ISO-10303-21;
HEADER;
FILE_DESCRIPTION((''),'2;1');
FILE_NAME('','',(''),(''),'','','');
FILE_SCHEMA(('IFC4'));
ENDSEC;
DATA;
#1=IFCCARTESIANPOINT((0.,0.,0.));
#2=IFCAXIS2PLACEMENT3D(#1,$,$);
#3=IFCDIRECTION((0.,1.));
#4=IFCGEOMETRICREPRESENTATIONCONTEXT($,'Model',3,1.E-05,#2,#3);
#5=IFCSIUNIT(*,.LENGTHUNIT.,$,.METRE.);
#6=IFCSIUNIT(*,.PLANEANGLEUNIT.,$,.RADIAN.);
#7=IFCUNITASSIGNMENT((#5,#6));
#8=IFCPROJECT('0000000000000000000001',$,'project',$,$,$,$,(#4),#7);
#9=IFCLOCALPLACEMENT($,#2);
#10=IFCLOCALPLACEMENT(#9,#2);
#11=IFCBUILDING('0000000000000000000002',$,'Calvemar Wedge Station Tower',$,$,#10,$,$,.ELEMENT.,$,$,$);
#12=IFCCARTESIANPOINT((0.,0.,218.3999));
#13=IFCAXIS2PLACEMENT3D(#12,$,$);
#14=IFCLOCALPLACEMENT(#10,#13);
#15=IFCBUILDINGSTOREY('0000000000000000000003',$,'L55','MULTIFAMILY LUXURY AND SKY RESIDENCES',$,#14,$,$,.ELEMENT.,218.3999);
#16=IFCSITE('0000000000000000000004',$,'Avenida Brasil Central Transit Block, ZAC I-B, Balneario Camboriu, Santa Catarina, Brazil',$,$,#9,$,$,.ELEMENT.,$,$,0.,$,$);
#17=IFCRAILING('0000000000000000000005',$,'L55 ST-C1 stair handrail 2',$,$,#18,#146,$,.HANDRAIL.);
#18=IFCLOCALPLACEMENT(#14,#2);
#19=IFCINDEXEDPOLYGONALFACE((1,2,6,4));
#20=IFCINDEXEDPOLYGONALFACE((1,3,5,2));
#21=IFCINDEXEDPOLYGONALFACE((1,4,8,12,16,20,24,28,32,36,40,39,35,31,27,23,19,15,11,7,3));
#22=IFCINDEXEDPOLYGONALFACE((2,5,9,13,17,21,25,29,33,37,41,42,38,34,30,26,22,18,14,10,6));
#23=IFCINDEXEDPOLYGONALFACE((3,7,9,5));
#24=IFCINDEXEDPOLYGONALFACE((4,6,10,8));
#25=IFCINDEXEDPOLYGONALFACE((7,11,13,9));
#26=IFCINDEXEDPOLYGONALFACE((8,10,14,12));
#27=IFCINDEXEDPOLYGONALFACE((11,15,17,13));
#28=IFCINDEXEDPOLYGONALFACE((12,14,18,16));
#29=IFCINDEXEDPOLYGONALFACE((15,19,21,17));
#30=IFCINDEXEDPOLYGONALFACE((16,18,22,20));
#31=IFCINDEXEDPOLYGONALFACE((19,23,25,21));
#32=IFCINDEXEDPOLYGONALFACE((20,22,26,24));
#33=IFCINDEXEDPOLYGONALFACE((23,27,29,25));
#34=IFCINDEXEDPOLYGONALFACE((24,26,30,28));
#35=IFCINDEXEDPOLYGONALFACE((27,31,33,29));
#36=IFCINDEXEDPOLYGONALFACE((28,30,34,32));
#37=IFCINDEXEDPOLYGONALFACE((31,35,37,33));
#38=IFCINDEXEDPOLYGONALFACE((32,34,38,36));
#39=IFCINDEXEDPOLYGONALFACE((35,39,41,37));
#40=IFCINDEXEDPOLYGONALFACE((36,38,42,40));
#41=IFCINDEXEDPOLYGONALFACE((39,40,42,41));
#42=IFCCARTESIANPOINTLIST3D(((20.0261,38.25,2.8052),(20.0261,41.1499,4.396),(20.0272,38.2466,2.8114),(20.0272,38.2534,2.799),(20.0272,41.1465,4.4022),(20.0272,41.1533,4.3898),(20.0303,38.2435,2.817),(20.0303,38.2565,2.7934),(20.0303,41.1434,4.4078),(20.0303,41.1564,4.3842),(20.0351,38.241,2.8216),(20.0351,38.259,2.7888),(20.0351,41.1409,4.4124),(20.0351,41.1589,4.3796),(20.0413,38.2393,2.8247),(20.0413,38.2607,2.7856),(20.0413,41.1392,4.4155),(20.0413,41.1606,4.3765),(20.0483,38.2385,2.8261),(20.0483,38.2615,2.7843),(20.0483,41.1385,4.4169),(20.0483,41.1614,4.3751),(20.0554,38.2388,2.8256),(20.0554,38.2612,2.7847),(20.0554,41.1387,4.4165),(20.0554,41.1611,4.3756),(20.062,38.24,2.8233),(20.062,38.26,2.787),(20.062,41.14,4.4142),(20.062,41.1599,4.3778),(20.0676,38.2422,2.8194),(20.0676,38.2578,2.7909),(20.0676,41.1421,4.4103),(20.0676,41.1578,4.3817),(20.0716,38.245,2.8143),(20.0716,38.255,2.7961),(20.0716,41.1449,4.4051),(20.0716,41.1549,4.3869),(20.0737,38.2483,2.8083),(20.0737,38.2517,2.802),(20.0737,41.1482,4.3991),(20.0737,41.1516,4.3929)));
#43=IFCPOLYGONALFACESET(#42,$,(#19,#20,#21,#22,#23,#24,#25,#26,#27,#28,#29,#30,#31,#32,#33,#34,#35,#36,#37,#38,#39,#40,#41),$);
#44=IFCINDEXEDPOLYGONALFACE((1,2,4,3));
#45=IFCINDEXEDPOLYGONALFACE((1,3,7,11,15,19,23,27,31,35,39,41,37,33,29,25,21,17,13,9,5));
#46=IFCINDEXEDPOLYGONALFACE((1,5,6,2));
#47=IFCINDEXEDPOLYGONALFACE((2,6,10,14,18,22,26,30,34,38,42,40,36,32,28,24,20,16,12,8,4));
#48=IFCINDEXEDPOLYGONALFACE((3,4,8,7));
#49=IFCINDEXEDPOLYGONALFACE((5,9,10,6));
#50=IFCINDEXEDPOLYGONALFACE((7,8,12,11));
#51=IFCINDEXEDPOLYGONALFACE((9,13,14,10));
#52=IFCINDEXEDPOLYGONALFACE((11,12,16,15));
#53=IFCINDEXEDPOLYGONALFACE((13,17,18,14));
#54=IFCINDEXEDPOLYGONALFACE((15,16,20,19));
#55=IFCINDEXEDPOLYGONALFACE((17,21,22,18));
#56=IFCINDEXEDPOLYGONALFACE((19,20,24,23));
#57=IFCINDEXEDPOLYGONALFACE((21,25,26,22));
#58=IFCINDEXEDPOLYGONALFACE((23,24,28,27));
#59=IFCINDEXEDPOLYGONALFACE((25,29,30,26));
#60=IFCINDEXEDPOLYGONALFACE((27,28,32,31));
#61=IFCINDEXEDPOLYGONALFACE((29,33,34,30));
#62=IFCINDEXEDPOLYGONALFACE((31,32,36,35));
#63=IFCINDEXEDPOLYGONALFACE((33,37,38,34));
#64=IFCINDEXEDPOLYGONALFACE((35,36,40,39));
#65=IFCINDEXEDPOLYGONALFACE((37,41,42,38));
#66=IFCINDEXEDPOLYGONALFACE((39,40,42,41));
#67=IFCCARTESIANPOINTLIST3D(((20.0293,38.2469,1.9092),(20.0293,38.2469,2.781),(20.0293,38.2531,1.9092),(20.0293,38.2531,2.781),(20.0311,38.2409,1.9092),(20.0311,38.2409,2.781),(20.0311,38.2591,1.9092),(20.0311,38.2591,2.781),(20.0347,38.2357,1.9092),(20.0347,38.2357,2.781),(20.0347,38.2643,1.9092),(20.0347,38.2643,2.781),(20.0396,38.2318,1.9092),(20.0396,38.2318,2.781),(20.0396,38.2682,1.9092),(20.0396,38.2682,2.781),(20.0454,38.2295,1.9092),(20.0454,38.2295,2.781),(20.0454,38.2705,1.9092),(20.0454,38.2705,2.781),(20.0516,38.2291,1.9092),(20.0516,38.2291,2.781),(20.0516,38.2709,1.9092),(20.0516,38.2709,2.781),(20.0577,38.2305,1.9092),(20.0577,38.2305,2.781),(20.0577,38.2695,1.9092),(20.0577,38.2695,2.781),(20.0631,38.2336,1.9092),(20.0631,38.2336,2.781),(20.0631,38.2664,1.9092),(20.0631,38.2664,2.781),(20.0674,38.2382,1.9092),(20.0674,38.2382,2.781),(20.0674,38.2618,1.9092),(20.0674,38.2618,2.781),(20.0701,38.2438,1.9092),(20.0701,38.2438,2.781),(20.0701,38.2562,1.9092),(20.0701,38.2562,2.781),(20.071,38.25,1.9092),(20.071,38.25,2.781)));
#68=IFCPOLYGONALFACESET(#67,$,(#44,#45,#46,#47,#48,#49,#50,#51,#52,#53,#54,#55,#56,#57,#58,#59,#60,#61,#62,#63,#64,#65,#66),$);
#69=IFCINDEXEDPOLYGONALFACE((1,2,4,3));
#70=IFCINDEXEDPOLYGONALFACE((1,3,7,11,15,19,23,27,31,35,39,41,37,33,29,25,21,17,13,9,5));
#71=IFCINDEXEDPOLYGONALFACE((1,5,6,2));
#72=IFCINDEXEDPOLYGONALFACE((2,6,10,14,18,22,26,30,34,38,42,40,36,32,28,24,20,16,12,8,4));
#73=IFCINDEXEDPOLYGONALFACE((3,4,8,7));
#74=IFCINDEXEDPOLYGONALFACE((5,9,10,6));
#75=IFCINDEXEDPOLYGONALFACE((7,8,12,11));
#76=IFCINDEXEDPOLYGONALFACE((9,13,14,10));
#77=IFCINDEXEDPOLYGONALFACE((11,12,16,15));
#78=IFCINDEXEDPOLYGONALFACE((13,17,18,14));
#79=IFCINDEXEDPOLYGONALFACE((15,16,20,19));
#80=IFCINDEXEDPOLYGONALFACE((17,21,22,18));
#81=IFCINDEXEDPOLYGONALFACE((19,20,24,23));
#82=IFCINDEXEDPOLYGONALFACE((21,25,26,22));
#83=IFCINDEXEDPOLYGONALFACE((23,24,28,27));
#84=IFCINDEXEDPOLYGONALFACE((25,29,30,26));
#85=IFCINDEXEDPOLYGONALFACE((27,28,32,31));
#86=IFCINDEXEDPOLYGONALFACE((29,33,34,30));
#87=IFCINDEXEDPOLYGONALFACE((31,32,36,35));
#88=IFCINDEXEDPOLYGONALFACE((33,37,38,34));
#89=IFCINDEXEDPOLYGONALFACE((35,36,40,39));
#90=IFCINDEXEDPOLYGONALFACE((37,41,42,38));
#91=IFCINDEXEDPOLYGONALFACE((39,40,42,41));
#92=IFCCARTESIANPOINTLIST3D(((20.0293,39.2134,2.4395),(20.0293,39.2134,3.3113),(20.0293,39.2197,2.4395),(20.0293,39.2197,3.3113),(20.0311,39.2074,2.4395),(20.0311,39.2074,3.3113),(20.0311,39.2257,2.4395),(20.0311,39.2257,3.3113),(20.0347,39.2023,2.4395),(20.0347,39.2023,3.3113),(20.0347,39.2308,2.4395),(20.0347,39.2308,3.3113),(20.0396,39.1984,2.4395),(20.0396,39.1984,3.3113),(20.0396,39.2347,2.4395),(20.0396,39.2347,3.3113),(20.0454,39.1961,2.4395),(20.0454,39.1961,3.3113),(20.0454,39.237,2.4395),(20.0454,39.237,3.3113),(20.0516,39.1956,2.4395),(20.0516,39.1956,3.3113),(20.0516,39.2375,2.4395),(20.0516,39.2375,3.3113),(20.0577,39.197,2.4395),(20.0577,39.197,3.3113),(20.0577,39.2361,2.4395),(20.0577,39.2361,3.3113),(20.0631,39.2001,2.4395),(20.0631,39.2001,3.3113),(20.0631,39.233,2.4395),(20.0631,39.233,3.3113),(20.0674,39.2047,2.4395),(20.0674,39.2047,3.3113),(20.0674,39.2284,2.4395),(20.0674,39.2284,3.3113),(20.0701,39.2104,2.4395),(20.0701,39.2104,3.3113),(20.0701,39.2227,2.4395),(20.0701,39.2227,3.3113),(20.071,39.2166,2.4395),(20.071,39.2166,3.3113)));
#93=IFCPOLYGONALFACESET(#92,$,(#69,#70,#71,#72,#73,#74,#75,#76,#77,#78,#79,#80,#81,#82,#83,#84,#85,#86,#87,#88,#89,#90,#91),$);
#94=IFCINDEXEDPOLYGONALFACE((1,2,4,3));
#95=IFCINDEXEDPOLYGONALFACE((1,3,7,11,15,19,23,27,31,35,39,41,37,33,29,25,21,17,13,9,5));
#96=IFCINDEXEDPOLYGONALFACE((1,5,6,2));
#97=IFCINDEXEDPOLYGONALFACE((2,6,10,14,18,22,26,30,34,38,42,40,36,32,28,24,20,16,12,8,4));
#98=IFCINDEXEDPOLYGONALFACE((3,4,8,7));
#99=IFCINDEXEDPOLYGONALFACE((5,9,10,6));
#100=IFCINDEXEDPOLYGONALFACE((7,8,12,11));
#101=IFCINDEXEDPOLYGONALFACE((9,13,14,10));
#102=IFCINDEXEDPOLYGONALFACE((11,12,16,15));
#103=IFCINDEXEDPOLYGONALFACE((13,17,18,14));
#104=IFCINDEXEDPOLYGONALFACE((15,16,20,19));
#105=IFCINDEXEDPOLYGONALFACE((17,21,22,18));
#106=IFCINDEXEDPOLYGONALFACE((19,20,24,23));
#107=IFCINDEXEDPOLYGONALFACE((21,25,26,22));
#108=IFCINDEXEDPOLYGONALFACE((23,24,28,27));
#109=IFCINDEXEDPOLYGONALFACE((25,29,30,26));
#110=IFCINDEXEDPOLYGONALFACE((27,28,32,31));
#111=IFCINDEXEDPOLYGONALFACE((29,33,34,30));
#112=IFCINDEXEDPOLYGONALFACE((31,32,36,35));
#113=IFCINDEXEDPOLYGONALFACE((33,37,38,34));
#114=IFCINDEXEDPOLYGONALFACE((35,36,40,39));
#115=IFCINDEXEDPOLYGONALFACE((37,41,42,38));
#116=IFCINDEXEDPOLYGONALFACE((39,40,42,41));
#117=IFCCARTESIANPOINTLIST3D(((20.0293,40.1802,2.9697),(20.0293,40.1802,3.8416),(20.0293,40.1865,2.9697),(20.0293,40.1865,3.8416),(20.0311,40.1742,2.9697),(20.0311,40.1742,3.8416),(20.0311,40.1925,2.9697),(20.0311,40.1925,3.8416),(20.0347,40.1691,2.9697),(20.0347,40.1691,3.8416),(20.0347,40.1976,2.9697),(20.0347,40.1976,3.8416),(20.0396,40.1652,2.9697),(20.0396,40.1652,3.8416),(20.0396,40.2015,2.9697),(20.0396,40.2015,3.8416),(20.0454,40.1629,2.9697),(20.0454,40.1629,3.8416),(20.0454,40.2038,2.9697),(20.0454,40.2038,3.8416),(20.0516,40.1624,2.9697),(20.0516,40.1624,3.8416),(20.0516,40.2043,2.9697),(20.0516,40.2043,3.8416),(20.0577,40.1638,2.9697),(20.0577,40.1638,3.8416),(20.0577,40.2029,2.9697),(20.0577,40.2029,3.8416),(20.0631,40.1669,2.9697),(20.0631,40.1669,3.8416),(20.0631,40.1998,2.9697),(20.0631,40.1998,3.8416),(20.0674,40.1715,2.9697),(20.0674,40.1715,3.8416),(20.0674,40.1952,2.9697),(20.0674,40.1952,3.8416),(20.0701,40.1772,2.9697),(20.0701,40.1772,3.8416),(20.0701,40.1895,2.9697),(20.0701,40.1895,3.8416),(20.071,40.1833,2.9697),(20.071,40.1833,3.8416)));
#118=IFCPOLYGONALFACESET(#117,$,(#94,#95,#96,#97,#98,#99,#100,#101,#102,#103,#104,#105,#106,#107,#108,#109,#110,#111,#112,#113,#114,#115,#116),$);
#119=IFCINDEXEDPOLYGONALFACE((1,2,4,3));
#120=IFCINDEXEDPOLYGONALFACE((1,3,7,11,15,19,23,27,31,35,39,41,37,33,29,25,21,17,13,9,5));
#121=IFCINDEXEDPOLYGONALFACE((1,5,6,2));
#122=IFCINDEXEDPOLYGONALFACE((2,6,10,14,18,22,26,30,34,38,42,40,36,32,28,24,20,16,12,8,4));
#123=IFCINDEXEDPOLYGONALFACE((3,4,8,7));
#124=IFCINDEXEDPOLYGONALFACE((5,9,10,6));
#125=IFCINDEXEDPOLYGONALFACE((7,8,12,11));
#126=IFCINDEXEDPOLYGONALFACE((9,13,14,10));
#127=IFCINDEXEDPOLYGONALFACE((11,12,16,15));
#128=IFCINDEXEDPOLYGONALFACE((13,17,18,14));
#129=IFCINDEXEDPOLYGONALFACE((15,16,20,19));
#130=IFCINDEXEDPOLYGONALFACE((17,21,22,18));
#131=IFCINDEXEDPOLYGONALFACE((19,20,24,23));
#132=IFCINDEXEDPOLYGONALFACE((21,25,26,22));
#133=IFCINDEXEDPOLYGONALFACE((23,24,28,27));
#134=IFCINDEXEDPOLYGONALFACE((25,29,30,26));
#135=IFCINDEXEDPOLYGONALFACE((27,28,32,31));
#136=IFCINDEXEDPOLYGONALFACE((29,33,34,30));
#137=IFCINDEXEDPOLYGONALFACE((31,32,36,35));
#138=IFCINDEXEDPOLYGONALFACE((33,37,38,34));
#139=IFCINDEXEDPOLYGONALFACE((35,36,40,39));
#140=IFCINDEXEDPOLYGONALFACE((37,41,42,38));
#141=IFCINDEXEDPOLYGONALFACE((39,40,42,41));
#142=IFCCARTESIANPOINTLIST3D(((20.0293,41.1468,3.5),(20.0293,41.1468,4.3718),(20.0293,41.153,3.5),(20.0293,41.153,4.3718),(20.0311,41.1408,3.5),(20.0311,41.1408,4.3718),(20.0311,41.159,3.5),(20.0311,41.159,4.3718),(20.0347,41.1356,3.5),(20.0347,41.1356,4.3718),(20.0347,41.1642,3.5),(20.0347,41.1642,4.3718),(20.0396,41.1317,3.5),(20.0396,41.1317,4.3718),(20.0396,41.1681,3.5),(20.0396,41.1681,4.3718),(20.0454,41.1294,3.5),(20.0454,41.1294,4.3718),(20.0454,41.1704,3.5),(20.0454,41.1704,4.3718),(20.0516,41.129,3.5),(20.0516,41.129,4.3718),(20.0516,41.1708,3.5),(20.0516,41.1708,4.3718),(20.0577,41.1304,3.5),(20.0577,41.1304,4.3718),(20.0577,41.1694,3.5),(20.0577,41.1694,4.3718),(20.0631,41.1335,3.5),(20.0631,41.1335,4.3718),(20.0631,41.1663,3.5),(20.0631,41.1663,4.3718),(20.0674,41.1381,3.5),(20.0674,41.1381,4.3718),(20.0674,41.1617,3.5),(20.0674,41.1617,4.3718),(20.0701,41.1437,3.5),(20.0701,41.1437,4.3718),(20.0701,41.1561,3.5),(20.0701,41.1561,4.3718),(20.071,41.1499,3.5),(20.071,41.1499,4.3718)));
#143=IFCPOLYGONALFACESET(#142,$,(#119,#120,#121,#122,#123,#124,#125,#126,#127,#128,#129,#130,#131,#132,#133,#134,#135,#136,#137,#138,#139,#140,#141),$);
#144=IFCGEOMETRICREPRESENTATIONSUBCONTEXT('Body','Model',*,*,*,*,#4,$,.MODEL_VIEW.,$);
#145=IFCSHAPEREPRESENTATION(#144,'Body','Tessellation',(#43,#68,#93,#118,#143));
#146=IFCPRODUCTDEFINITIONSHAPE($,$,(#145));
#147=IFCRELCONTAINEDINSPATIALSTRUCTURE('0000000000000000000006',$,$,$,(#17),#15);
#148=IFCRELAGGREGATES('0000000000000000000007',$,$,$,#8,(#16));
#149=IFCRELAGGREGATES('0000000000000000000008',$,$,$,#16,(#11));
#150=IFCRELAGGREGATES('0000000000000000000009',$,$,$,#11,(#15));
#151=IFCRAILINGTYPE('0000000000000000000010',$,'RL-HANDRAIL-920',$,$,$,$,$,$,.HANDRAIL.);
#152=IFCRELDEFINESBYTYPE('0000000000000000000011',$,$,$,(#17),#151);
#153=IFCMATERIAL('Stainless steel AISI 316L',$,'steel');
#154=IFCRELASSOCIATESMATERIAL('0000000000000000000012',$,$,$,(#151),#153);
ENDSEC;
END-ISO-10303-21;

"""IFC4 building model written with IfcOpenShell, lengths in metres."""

from ifc_helpers import new_model, si_unit, direction, frame, origin, origin_2d, place, context, subcontext, project, spatial, circle, extrude, material, type_object, element, save


model = new_model("IFC4")

# Units and contexts
model_context = context("Model", 3, precision=1e-05, world=origin(), true_north=direction((0.0, 1.0)))
body_context = subcontext(model_context, "Body", "Model", "MODEL_VIEW")
ifc_project = project(units=[si_unit("LENGTHUNIT", "METRE"), si_unit("PLANEANGLEUNIT", "RADIAN")], contexts=[model_context])

# Site, building, storey
site_placement = place(None, origin())
site = spatial("IfcSite", under=ifc_project, at=site_placement, Name="Avenida Brasil Central Transit Block, ZAC I-B, Balneario Camboriu, Santa Catarina, Brazil", CompositionType="ELEMENT", RefElevation=0.0)
building_placement = place(site_placement, origin())
building = spatial("IfcBuilding", under=site, at=building_placement, Name="Calvemar Wedge Station Tower", CompositionType="ELEMENT")
storey_placement = place(building_placement, frame((0.0, 0.0, 218.3999)))
storey = spatial("IfcBuildingStorey", under=building, at=storey_placement, Name="L55", Description="MULTIFAMILY LUXURY AND SKY RESIDENCES", CompositionType="ELEMENT", Elevation=218.3999)

# Railing
ifc_material_1 = material(Name="Stainless steel AISI 316L", Category="steel")
railing_type_1 = type_object("IfcRailingType", Name="RL-HANDRAIL-920", PredefinedType="HANDRAIL", material=ifc_material_1)
railing_1_placement = place(storey_placement, frame((20.05, 38.25, 1.9092)))
element("IfcRailing", 1, at=railing_1_placement, inside=storey, type_object=railing_type_1, Name="L55 ST-C1 stair handrail 2", PredefinedType="HANDRAIL", context=body_context, shape_type="SweptSolid", body=[
    extrude(circle(Radius=0.0239, at=origin_2d()), frame((0.0, 0.0, 0.896), z_axis=(0.0, 0.876742, 0.480961), x_axis=(-1.0, 0.0, 0.0)), (0.0, 0.0, 1.0), 3.3076),
    extrude(circle(Radius=0.021, at=origin_2d()), origin(), (0.0, 0.0, 1.0), 0.8718),
    extrude(circle(Radius=0.021, at=origin_2d()), frame((0.0, 0.9666, 0.5303)), (0.0, 0.0, 1.0), 0.8718),
    extrude(circle(Radius=0.021, at=origin_2d()), frame((0.0, 1.9333, 1.0605)), (0.0, 0.0, 1.0), 0.8718),
    extrude(circle(Radius=0.021, at=origin_2d()), frame((0.0, 2.8999, 1.5908)), (0.0, 0.0, 1.0), 0.8718),
])

save(model, "model.ifc")
